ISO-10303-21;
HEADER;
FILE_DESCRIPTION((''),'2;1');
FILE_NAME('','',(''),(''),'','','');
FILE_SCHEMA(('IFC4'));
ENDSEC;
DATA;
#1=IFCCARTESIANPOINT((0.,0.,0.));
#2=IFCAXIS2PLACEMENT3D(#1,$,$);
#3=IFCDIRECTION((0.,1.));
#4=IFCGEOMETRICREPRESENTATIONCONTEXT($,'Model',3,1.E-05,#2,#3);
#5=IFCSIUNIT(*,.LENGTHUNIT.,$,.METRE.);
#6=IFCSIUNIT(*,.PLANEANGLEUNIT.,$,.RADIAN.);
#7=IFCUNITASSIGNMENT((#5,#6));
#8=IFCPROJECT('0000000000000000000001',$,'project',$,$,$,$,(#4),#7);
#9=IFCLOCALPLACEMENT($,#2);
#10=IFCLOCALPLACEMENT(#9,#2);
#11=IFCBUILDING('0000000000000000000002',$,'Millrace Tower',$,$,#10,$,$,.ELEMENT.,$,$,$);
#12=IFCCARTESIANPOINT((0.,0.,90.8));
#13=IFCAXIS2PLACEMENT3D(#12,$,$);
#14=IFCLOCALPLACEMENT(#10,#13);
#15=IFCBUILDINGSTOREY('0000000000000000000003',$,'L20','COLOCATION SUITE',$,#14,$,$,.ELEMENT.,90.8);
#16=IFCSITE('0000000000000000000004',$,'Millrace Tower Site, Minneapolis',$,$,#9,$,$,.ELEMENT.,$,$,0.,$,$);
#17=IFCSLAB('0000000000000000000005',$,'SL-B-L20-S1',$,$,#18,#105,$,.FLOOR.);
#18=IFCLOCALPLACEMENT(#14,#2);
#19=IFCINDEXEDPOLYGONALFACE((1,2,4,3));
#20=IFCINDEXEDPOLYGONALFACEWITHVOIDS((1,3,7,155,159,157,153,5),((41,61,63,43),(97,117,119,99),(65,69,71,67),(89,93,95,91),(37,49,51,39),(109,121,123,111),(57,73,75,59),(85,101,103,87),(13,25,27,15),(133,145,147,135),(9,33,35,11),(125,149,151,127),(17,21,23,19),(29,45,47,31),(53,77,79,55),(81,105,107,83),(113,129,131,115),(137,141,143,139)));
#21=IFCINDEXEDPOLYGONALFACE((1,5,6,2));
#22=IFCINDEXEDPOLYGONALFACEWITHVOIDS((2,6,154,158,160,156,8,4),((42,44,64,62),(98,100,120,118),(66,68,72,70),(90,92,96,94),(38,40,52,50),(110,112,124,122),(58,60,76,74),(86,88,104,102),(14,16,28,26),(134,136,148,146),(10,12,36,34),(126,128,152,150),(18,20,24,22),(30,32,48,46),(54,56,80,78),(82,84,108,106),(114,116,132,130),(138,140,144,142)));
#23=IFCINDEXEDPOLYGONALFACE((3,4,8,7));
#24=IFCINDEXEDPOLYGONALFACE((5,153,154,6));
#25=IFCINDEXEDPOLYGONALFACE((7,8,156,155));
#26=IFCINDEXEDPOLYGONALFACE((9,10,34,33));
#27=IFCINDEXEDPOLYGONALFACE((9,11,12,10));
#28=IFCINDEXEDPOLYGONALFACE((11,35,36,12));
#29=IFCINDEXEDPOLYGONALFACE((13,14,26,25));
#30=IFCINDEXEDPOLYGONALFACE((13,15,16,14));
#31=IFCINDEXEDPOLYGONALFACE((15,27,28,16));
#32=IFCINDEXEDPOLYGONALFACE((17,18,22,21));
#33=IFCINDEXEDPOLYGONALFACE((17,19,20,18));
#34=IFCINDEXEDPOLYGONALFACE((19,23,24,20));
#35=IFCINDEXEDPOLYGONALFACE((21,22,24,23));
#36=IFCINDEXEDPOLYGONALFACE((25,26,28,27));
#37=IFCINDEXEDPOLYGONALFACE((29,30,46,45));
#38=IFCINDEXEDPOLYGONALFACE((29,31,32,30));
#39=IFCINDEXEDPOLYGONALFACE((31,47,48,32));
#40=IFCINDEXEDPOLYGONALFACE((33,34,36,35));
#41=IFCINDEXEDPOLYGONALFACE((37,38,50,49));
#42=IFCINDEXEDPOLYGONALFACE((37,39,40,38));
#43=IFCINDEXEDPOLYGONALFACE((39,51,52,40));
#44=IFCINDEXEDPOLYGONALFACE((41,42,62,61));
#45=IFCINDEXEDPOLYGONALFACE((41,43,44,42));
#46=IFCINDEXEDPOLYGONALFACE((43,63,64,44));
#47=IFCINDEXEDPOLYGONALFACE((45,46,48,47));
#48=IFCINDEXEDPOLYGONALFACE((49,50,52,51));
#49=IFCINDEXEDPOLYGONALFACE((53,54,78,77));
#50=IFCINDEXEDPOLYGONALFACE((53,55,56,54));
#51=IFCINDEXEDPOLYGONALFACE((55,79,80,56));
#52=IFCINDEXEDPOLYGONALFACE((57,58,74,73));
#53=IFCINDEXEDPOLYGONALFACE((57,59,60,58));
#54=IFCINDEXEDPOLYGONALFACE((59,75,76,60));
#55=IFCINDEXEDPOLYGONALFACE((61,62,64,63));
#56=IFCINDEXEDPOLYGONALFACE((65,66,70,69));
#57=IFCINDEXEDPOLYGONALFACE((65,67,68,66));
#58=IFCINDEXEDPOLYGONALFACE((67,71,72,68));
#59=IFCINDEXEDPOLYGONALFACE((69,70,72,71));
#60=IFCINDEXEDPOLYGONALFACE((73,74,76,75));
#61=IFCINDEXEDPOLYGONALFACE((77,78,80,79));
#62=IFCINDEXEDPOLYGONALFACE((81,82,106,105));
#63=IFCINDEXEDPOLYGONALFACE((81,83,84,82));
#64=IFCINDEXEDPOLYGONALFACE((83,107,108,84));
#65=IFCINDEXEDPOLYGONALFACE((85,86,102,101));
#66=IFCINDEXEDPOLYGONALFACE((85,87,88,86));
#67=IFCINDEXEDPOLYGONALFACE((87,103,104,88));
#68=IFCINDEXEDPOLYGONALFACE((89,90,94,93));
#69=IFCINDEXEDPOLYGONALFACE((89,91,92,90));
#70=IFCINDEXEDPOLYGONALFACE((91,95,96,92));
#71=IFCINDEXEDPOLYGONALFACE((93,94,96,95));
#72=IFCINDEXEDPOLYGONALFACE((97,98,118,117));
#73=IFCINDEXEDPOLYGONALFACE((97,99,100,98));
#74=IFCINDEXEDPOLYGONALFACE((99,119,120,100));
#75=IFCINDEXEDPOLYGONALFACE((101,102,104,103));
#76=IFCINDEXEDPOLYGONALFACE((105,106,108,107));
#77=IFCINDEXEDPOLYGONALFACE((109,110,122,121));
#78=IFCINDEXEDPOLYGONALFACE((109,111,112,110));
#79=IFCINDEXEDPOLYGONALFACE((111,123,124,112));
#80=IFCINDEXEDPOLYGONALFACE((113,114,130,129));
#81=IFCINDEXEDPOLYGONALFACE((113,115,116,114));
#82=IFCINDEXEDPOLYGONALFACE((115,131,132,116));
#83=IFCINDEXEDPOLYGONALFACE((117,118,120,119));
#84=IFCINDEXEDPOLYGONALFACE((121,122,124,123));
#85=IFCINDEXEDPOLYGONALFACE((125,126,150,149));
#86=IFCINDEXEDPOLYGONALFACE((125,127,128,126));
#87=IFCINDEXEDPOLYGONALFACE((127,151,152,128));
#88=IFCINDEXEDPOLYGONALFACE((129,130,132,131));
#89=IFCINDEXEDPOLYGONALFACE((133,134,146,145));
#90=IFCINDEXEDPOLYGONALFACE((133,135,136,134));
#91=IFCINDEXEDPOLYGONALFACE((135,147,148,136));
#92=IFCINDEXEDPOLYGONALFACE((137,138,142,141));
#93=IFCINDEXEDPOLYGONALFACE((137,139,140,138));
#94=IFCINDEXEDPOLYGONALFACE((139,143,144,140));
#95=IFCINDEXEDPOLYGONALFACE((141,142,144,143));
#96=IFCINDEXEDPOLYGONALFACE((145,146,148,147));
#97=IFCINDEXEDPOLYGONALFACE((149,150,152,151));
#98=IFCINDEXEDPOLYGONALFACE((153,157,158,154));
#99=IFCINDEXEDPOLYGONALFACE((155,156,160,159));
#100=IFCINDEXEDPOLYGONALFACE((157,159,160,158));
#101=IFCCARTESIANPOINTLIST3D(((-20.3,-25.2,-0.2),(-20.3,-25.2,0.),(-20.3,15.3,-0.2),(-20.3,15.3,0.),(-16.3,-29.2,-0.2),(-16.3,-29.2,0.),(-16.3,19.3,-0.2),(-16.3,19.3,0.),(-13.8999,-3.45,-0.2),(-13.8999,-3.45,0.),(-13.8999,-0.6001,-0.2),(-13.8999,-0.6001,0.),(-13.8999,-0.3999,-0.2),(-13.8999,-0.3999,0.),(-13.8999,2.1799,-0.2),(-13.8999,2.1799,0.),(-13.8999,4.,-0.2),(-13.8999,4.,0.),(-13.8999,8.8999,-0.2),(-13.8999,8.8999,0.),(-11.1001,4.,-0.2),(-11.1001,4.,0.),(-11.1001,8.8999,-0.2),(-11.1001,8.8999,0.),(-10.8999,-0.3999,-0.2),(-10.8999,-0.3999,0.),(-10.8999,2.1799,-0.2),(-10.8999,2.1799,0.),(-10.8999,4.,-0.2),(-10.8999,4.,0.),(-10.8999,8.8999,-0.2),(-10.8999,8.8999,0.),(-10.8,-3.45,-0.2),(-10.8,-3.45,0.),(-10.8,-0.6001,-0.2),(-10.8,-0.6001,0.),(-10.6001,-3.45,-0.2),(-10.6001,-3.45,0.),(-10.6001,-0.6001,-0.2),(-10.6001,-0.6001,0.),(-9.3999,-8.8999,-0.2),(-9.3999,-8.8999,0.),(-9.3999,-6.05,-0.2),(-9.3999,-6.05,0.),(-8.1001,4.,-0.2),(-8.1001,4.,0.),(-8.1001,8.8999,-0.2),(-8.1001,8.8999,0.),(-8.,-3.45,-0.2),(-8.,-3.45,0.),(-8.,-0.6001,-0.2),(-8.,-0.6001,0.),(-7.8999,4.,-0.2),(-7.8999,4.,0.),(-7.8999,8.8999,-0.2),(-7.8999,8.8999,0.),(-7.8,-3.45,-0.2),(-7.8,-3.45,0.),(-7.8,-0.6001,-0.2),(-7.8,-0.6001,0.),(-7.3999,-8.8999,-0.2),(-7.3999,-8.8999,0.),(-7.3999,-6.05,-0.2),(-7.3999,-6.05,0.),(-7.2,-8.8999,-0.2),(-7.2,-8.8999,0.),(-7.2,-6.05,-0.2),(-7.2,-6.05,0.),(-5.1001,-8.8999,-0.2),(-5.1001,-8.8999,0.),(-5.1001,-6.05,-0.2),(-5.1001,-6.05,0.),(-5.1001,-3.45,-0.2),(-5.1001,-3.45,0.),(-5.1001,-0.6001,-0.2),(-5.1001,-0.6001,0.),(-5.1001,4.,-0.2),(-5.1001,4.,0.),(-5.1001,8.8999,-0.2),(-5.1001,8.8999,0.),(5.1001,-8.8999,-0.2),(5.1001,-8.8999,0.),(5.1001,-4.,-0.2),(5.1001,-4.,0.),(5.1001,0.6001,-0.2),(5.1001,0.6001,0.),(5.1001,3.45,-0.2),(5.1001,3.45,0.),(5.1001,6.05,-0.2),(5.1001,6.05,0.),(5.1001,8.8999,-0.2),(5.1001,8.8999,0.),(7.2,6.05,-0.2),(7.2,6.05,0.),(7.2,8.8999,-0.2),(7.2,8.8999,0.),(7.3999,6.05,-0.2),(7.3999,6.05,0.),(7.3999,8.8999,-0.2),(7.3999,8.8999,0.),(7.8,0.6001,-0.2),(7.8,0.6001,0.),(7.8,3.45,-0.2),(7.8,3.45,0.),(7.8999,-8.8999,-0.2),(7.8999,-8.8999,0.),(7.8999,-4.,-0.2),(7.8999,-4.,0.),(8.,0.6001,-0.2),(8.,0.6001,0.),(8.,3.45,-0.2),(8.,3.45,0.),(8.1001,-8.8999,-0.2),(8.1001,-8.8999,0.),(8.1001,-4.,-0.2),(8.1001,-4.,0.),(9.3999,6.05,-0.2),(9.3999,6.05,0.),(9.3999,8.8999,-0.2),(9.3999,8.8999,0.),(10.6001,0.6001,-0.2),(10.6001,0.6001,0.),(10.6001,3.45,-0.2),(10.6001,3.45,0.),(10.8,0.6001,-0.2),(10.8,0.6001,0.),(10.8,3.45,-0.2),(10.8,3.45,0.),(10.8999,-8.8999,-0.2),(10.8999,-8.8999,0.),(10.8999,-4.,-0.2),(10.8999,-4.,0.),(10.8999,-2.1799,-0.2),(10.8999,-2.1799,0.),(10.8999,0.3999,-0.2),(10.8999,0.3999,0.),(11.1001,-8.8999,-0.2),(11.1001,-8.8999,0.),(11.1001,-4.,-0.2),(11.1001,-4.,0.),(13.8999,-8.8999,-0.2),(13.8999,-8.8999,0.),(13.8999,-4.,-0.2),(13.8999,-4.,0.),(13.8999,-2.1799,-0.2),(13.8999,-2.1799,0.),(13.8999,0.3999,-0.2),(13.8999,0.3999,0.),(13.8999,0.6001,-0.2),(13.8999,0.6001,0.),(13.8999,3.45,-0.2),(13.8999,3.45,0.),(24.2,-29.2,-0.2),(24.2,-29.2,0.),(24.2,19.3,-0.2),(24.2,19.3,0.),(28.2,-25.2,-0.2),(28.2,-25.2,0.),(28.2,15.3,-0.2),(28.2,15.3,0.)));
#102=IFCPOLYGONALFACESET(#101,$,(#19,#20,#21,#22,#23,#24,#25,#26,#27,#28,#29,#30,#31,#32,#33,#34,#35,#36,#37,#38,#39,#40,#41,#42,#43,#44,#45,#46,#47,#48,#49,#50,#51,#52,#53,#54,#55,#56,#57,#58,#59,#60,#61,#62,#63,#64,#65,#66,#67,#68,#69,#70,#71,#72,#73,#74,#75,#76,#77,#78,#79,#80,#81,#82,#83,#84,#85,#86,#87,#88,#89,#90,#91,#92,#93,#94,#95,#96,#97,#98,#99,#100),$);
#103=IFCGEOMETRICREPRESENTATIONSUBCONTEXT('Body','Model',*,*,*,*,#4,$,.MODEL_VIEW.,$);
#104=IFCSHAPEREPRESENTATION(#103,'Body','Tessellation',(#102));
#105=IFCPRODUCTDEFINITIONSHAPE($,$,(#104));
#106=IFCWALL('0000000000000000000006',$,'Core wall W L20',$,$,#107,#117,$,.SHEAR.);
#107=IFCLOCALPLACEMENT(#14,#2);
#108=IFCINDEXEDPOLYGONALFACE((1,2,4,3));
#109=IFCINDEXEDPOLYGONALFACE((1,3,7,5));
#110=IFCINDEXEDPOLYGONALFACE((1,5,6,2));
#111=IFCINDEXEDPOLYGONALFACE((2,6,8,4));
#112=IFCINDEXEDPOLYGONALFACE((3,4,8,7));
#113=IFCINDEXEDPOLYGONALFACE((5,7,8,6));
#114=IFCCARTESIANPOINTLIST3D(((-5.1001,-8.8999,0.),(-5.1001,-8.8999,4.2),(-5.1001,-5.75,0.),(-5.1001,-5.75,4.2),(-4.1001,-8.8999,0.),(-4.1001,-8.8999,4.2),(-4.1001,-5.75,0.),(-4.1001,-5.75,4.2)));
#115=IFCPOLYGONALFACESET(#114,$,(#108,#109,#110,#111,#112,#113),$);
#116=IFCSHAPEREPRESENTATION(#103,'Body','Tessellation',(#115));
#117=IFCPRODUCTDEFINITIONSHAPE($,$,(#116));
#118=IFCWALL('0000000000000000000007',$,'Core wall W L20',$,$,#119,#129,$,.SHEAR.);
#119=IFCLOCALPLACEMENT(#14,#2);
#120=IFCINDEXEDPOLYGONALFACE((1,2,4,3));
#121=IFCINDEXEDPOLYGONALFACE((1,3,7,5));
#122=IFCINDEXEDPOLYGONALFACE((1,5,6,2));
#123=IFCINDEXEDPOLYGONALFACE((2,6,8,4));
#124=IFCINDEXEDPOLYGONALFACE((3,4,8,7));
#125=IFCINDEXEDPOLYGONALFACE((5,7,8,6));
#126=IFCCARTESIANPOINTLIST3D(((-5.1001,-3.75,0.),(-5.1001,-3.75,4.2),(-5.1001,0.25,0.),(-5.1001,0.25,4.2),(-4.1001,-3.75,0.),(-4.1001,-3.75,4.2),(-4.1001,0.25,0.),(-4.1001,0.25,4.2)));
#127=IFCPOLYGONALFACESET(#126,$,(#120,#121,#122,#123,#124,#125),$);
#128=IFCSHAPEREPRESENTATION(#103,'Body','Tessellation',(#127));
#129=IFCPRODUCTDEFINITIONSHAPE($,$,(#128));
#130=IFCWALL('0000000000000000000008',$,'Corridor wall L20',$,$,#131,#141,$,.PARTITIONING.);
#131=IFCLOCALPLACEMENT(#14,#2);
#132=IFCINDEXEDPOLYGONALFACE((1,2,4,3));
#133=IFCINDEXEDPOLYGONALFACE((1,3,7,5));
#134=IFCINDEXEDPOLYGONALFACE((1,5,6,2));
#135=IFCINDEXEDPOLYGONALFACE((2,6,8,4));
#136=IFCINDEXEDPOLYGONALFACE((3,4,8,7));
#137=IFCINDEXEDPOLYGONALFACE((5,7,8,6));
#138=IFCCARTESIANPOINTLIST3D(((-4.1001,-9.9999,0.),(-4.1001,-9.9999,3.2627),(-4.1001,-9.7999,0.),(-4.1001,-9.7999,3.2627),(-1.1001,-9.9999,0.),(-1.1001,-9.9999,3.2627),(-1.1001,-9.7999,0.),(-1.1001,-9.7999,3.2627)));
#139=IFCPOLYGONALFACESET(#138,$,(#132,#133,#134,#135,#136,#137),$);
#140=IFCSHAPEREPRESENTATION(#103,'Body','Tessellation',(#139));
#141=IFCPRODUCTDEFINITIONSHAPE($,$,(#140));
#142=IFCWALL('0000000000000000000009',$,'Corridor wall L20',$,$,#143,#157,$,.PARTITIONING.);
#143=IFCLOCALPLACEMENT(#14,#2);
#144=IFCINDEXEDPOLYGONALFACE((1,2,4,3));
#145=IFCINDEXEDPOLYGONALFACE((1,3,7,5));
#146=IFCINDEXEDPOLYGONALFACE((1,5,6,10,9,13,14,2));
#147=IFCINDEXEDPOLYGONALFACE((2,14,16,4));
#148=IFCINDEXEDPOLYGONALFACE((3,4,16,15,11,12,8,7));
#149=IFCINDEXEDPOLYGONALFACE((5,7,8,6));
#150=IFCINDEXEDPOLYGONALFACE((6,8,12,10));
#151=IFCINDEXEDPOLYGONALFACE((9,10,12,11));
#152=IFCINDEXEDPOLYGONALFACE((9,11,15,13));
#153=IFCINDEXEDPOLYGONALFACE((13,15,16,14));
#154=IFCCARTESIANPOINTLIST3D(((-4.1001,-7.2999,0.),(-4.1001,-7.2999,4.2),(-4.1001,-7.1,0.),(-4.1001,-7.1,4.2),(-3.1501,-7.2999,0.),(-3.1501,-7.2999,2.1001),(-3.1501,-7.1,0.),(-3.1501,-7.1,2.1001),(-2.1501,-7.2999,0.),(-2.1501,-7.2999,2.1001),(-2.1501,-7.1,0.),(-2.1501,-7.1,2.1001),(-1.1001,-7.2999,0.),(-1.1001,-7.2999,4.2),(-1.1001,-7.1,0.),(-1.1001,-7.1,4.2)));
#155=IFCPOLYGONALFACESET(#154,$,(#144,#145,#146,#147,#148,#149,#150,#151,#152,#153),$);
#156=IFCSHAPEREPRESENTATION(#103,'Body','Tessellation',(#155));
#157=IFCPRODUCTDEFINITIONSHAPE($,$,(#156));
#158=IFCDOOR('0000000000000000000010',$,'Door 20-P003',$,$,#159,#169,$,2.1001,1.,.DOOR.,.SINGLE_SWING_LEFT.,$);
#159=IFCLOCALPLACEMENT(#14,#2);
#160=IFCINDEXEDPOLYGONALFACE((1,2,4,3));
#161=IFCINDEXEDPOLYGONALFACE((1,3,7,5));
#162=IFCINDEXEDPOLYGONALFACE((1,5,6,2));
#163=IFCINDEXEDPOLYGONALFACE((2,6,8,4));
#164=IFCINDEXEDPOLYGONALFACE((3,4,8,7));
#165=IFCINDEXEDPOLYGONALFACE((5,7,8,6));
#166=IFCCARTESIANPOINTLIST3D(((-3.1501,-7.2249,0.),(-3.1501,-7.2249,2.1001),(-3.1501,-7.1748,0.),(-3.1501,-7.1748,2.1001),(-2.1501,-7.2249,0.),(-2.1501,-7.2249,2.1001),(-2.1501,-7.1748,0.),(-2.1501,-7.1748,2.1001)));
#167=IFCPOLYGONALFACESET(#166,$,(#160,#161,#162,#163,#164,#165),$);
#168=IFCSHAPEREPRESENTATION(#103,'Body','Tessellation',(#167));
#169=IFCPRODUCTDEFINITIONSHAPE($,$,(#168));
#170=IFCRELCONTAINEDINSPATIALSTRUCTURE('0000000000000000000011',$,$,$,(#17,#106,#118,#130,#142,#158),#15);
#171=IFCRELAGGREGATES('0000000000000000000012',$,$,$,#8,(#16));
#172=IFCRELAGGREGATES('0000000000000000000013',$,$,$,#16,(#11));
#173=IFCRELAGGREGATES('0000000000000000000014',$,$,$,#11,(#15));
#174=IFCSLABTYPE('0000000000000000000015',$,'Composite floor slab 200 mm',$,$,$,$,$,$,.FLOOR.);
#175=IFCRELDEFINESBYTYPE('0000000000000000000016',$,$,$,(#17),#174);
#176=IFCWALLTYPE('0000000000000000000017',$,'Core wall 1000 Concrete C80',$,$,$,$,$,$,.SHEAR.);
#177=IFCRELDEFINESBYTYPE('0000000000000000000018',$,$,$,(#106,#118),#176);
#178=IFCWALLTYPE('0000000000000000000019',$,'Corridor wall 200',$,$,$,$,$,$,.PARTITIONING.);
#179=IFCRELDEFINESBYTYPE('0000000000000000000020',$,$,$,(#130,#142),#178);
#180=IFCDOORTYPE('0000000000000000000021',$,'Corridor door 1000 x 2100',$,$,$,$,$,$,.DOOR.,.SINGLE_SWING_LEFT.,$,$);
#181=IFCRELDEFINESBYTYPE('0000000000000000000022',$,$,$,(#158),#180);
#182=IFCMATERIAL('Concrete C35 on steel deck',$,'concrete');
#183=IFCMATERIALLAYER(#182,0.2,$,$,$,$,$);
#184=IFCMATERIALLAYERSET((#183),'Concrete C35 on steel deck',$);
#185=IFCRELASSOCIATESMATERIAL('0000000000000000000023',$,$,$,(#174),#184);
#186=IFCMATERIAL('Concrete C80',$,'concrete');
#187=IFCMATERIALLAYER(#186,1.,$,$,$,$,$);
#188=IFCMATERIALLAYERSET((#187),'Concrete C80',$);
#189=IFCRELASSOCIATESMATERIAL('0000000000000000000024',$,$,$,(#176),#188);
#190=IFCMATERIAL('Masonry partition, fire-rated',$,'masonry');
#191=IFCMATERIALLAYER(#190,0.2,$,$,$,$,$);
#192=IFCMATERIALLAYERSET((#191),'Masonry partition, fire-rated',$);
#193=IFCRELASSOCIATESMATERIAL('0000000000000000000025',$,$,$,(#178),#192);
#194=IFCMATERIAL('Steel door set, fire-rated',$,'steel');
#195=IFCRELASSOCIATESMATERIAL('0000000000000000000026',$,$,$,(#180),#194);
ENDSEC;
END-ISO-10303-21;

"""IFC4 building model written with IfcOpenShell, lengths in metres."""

from ifc_helpers import new_model, si_unit, direction, frame, frame_2d, origin, place, context, subcontext, project, spatial, polyline, rectangle, outline, extrude, material, layer, layer_set, type_object, element, fill, save


model = new_model("IFC4")

# Units and contexts
model_context = context("Model", 3, precision=1e-05, world=origin(), true_north=direction((0.0, 1.0)))
body_context = subcontext(model_context, "Body", "Model", "MODEL_VIEW")
ifc_project = project(units=[si_unit("LENGTHUNIT", "METRE"), si_unit("PLANEANGLEUNIT", "RADIAN")], contexts=[model_context])

# Site, building, storey
site_placement = place(None, origin())
site = spatial("IfcSite", under=ifc_project, at=site_placement, Name="Millrace Tower Site, Minneapolis", CompositionType="ELEMENT", RefElevation=0.0)
building_placement = place(site_placement, origin())
building = spatial("IfcBuilding", under=site, at=building_placement, Name="Millrace Tower", CompositionType="ELEMENT")
storey_placement = place(building_placement, frame((0.0, 0.0, 90.8)))
storey = spatial("IfcBuildingStorey", under=building, at=storey_placement, Name="L20", Description="COLOCATION SUITE", CompositionType="ELEMENT", Elevation=90.8)

# Slab
ifc_material_1 = material(Name="Concrete C35 on steel deck", Category="concrete")
ifc_layer_1 = layer(ifc_material_1, 0.2)
ifc_layer_set_1 = layer_set([ifc_layer_1], Name="Concrete C35 on steel deck")
slab_type = type_object("IfcSlabType", Name="Composite floor slab 200 mm", PredefinedType="FLOOR", material=ifc_layer_set_1)
slab_placement = place(storey_placement, frame((0.0, 0.0, -0.2)))
element("IfcSlab", 1, at=slab_placement, inside=storey, type_object=slab_type, Name="SL-B-L20-S1", PredefinedType="FLOOR", context=body_context, shape_type="SweptSolid", body=[
    extrude(outline(polyline([(-20.3, -25.2), (-16.3, -29.2), (24.2, -29.2), (28.2, -25.2), (28.2, 15.3), (24.2, 19.3), (-16.3, 19.3), (-20.3, 15.3), (-20.3, -25.2)]), holes=[polyline([(-9.3999, -8.8999), (-7.3999, -8.8999), (-7.3999, -6.05), (-9.3999, -6.05), (-9.3999, -8.8999)]), polyline([(-7.2, -8.8999), (-5.1001, -8.8999), (-5.1001, -6.05), (-7.2, -6.05), (-7.2, -8.8999)]), polyline([(-13.8999, -3.45), (-10.8, -3.45), (-10.8, -0.6001), (-13.8999, -0.6001), (-13.8999, -3.45)]), polyline([(-10.6001, -3.45), (-8.0, -3.45), (-8.0, -0.6001), (-10.6001, -0.6001), (-10.6001, -3.45)]), polyline([(-7.8, -3.45), (-5.1001, -3.45), (-5.1001, -0.6001), (-7.8, -0.6001), (-7.8, -3.45)]), polyline([(-13.8999, -0.3999), (-10.8999, -0.3999), (-10.8999, 2.1799), (-13.8999, 2.1799), (-13.8999, -0.3999)]), polyline([(-13.8999, 4.0), (-11.1001, 4.0), (-11.1001, 8.8999), (-13.8999, 8.8999), (-13.8999, 4.0)]), polyline([(-10.8999, 4.0), (-8.1001, 4.0), (-8.1001, 8.8999), (-10.8999, 8.8999), (-10.8999, 4.0)]), polyline([(-7.8999, 4.0), (-5.1001, 4.0), (-5.1001, 8.8999), (-7.8999, 8.8999), (-7.8999, 4.0)]), polyline([(7.3999, 6.05), (9.3999, 6.05), (9.3999, 8.8999), (7.3999, 8.8999), (7.3999, 6.05)]), polyline([(5.1001, 6.05), (7.2, 6.05), (7.2, 8.8999), (5.1001, 8.8999), (5.1001, 6.05)]), polyline([(10.8, 0.6001), (13.8999, 0.6001), (13.8999, 3.45), (10.8, 3.45), (10.8, 0.6001)]), polyline([(8.0, 0.6001), (10.6001, 0.6001), (10.6001, 3.45), (8.0, 3.45), (8.0, 0.6001)]), polyline([(5.1001, 0.6001), (7.8, 0.6001), (7.8, 3.45), (5.1001, 3.45), (5.1001, 0.6001)]), polyline([(10.8999, -2.1799), (13.8999, -2.1799), (13.8999, 0.3999), (10.8999, 0.3999), (10.8999, -2.1799)]), polyline([(11.1001, -8.8999), (13.8999, -8.8999), (13.8999, -4.0), (11.1001, -4.0), (11.1001, -8.8999)]), polyline([(8.1001, -8.8999), (10.8999, -8.8999), (10.8999, -4.0), (8.1001, -4.0), (8.1001, -8.8999)]), polyline([(5.1001, -8.8999), (7.8999, -8.8999), (7.8999, -4.0), (5.1001, -4.0), (5.1001, -8.8999)])]), origin(), (0.0, 0.0, 1.0), 0.2),
])

# Walls
ifc_material_2 = material(Name="Concrete C80", Category="concrete")
ifc_layer_2 = layer(ifc_material_2, 1.0)
ifc_layer_set_2 = layer_set([ifc_layer_2], Name="Concrete C80")
wall_type_1 = type_object("IfcWallType", Name="Core wall 1000 Concrete C80", PredefinedType="SHEAR", material=ifc_layer_set_2)
wall_1_placement = place(storey_placement, frame((-4.6001, -8.8999, 0.0), z_axis=(0.0, 0.0, 1.0), x_axis=(0.0, 1.0, 0.0)))
element("IfcWall", 2, at=wall_1_placement, inside=storey, type_object=wall_type_1, Name="Core wall W L20", PredefinedType="SHEAR", context=body_context, shape_type="SweptSolid", body=[
    extrude(rectangle(XDim=3.1499, YDim=1.0, at=frame_2d((1.575, 0.0))), origin(), (0.0, 0.0, 1.0), 4.2),
])
wall_2_placement = place(storey_placement, frame((-4.6001, -3.75, 0.0), z_axis=(0.0, 0.0, 1.0), x_axis=(0.0, 1.0, 0.0)))
element("IfcWall", 3, at=wall_2_placement, inside=storey, type_object=wall_type_1, Name="Core wall W L20", PredefinedType="SHEAR", context=body_context, shape_type="SweptSolid", body=[
    extrude(rectangle(XDim=4.0, YDim=1.0, at=frame_2d((2.0, 0.0))), origin(), (0.0, 0.0, 1.0), 4.2),
])
ifc_material_3 = material(Name="Masonry partition, fire-rated", Category="masonry")
ifc_layer_3 = layer(ifc_material_3, 0.2)
ifc_layer_set_3 = layer_set([ifc_layer_3], Name="Masonry partition, fire-rated")
wall_type_2 = type_object("IfcWallType", Name="Corridor wall 200", PredefinedType="PARTITIONING", material=ifc_layer_set_3)
wall_3_placement = place(storey_placement, frame((-4.1001, -9.8999, 0.0), z_axis=(0.0, 0.0, 1.0), x_axis=(1.0, 0.0, 0.0)))
element("IfcWall", 4, at=wall_3_placement, inside=storey, type_object=wall_type_2, Name="Corridor wall L20", PredefinedType="PARTITIONING", context=body_context, shape_type="SweptSolid", body=[
    extrude(rectangle(XDim=3.0, YDim=0.2, at=frame_2d((1.5, 0.0))), origin(), (0.0, 0.0, 1.0), 3.2627),
])

# Wall, opening, door
wall_4_placement = place(storey_placement, frame((-4.1001, -7.2, 0.0), z_axis=(0.0, 0.0, 1.0), x_axis=(1.0, 0.0, 0.0)))
wall_4 = element("IfcWall", 5, at=wall_4_placement, inside=storey, type_object=wall_type_2, Name="Corridor wall L20", PredefinedType="PARTITIONING", context=body_context, shape_type="SweptSolid", body=[
    extrude(rectangle(XDim=3.0, YDim=0.2, at=frame_2d((1.5, 0.0))), origin(), (0.0, 0.0, 1.0), 4.2),
])
opening_1_placement = place(wall_4_placement, frame((0.95, 0.0, 0.0)))
opening_1 = element("IfcOpeningElement", 6, at=opening_1_placement, cuts=wall_4, PredefinedType="OPENING", context=body_context, shape_type="SweptSolid", body=[
    extrude(rectangle(XDim=1.0, YDim=2.1001, at=frame_2d((0.5, 1.05))), frame((0.0, 0.1099, 0.0), z_axis=(0.0, -1.0, 0.0), x_axis=(1.0, 0.0, 0.0)), (0.0, 0.0, 1.0), 0.22),
])
ifc_material_4 = material(Name="Steel door set, fire-rated", Category="steel")
door_type_1 = type_object("IfcDoorType", Name="Corridor door 1000 x 2100", OperationType="SINGLE_SWING_LEFT", PredefinedType="DOOR", material=ifc_material_4)
door_1_placement = place(opening_1_placement, frame((1.0, 0.0, 0.0), z_axis=(0.0, 0.0, 1.0), x_axis=(-1.0, 0.0, 0.0)))
door_1 = element("IfcDoor", 7, at=door_1_placement, inside=storey, type_object=door_type_1, Name="Door 20-P003", OperationType="SINGLE_SWING_LEFT", OverallHeight=2.1001, OverallWidth=1.0, PredefinedType="DOOR", context=body_context, shape_type="SweptSolid", body=[
    extrude(rectangle(XDim=1.0, YDim=2.1001, at=frame_2d((0.5, 1.05))), frame((0.0, 0.0249, 0.0), z_axis=(0.0, -1.0, 0.0), x_axis=(1.0, 0.0, 0.0)), (0.0, 0.0, 1.0), 0.05),
])
fill(opening_1, door_1)

save(model, "model.ifc")
